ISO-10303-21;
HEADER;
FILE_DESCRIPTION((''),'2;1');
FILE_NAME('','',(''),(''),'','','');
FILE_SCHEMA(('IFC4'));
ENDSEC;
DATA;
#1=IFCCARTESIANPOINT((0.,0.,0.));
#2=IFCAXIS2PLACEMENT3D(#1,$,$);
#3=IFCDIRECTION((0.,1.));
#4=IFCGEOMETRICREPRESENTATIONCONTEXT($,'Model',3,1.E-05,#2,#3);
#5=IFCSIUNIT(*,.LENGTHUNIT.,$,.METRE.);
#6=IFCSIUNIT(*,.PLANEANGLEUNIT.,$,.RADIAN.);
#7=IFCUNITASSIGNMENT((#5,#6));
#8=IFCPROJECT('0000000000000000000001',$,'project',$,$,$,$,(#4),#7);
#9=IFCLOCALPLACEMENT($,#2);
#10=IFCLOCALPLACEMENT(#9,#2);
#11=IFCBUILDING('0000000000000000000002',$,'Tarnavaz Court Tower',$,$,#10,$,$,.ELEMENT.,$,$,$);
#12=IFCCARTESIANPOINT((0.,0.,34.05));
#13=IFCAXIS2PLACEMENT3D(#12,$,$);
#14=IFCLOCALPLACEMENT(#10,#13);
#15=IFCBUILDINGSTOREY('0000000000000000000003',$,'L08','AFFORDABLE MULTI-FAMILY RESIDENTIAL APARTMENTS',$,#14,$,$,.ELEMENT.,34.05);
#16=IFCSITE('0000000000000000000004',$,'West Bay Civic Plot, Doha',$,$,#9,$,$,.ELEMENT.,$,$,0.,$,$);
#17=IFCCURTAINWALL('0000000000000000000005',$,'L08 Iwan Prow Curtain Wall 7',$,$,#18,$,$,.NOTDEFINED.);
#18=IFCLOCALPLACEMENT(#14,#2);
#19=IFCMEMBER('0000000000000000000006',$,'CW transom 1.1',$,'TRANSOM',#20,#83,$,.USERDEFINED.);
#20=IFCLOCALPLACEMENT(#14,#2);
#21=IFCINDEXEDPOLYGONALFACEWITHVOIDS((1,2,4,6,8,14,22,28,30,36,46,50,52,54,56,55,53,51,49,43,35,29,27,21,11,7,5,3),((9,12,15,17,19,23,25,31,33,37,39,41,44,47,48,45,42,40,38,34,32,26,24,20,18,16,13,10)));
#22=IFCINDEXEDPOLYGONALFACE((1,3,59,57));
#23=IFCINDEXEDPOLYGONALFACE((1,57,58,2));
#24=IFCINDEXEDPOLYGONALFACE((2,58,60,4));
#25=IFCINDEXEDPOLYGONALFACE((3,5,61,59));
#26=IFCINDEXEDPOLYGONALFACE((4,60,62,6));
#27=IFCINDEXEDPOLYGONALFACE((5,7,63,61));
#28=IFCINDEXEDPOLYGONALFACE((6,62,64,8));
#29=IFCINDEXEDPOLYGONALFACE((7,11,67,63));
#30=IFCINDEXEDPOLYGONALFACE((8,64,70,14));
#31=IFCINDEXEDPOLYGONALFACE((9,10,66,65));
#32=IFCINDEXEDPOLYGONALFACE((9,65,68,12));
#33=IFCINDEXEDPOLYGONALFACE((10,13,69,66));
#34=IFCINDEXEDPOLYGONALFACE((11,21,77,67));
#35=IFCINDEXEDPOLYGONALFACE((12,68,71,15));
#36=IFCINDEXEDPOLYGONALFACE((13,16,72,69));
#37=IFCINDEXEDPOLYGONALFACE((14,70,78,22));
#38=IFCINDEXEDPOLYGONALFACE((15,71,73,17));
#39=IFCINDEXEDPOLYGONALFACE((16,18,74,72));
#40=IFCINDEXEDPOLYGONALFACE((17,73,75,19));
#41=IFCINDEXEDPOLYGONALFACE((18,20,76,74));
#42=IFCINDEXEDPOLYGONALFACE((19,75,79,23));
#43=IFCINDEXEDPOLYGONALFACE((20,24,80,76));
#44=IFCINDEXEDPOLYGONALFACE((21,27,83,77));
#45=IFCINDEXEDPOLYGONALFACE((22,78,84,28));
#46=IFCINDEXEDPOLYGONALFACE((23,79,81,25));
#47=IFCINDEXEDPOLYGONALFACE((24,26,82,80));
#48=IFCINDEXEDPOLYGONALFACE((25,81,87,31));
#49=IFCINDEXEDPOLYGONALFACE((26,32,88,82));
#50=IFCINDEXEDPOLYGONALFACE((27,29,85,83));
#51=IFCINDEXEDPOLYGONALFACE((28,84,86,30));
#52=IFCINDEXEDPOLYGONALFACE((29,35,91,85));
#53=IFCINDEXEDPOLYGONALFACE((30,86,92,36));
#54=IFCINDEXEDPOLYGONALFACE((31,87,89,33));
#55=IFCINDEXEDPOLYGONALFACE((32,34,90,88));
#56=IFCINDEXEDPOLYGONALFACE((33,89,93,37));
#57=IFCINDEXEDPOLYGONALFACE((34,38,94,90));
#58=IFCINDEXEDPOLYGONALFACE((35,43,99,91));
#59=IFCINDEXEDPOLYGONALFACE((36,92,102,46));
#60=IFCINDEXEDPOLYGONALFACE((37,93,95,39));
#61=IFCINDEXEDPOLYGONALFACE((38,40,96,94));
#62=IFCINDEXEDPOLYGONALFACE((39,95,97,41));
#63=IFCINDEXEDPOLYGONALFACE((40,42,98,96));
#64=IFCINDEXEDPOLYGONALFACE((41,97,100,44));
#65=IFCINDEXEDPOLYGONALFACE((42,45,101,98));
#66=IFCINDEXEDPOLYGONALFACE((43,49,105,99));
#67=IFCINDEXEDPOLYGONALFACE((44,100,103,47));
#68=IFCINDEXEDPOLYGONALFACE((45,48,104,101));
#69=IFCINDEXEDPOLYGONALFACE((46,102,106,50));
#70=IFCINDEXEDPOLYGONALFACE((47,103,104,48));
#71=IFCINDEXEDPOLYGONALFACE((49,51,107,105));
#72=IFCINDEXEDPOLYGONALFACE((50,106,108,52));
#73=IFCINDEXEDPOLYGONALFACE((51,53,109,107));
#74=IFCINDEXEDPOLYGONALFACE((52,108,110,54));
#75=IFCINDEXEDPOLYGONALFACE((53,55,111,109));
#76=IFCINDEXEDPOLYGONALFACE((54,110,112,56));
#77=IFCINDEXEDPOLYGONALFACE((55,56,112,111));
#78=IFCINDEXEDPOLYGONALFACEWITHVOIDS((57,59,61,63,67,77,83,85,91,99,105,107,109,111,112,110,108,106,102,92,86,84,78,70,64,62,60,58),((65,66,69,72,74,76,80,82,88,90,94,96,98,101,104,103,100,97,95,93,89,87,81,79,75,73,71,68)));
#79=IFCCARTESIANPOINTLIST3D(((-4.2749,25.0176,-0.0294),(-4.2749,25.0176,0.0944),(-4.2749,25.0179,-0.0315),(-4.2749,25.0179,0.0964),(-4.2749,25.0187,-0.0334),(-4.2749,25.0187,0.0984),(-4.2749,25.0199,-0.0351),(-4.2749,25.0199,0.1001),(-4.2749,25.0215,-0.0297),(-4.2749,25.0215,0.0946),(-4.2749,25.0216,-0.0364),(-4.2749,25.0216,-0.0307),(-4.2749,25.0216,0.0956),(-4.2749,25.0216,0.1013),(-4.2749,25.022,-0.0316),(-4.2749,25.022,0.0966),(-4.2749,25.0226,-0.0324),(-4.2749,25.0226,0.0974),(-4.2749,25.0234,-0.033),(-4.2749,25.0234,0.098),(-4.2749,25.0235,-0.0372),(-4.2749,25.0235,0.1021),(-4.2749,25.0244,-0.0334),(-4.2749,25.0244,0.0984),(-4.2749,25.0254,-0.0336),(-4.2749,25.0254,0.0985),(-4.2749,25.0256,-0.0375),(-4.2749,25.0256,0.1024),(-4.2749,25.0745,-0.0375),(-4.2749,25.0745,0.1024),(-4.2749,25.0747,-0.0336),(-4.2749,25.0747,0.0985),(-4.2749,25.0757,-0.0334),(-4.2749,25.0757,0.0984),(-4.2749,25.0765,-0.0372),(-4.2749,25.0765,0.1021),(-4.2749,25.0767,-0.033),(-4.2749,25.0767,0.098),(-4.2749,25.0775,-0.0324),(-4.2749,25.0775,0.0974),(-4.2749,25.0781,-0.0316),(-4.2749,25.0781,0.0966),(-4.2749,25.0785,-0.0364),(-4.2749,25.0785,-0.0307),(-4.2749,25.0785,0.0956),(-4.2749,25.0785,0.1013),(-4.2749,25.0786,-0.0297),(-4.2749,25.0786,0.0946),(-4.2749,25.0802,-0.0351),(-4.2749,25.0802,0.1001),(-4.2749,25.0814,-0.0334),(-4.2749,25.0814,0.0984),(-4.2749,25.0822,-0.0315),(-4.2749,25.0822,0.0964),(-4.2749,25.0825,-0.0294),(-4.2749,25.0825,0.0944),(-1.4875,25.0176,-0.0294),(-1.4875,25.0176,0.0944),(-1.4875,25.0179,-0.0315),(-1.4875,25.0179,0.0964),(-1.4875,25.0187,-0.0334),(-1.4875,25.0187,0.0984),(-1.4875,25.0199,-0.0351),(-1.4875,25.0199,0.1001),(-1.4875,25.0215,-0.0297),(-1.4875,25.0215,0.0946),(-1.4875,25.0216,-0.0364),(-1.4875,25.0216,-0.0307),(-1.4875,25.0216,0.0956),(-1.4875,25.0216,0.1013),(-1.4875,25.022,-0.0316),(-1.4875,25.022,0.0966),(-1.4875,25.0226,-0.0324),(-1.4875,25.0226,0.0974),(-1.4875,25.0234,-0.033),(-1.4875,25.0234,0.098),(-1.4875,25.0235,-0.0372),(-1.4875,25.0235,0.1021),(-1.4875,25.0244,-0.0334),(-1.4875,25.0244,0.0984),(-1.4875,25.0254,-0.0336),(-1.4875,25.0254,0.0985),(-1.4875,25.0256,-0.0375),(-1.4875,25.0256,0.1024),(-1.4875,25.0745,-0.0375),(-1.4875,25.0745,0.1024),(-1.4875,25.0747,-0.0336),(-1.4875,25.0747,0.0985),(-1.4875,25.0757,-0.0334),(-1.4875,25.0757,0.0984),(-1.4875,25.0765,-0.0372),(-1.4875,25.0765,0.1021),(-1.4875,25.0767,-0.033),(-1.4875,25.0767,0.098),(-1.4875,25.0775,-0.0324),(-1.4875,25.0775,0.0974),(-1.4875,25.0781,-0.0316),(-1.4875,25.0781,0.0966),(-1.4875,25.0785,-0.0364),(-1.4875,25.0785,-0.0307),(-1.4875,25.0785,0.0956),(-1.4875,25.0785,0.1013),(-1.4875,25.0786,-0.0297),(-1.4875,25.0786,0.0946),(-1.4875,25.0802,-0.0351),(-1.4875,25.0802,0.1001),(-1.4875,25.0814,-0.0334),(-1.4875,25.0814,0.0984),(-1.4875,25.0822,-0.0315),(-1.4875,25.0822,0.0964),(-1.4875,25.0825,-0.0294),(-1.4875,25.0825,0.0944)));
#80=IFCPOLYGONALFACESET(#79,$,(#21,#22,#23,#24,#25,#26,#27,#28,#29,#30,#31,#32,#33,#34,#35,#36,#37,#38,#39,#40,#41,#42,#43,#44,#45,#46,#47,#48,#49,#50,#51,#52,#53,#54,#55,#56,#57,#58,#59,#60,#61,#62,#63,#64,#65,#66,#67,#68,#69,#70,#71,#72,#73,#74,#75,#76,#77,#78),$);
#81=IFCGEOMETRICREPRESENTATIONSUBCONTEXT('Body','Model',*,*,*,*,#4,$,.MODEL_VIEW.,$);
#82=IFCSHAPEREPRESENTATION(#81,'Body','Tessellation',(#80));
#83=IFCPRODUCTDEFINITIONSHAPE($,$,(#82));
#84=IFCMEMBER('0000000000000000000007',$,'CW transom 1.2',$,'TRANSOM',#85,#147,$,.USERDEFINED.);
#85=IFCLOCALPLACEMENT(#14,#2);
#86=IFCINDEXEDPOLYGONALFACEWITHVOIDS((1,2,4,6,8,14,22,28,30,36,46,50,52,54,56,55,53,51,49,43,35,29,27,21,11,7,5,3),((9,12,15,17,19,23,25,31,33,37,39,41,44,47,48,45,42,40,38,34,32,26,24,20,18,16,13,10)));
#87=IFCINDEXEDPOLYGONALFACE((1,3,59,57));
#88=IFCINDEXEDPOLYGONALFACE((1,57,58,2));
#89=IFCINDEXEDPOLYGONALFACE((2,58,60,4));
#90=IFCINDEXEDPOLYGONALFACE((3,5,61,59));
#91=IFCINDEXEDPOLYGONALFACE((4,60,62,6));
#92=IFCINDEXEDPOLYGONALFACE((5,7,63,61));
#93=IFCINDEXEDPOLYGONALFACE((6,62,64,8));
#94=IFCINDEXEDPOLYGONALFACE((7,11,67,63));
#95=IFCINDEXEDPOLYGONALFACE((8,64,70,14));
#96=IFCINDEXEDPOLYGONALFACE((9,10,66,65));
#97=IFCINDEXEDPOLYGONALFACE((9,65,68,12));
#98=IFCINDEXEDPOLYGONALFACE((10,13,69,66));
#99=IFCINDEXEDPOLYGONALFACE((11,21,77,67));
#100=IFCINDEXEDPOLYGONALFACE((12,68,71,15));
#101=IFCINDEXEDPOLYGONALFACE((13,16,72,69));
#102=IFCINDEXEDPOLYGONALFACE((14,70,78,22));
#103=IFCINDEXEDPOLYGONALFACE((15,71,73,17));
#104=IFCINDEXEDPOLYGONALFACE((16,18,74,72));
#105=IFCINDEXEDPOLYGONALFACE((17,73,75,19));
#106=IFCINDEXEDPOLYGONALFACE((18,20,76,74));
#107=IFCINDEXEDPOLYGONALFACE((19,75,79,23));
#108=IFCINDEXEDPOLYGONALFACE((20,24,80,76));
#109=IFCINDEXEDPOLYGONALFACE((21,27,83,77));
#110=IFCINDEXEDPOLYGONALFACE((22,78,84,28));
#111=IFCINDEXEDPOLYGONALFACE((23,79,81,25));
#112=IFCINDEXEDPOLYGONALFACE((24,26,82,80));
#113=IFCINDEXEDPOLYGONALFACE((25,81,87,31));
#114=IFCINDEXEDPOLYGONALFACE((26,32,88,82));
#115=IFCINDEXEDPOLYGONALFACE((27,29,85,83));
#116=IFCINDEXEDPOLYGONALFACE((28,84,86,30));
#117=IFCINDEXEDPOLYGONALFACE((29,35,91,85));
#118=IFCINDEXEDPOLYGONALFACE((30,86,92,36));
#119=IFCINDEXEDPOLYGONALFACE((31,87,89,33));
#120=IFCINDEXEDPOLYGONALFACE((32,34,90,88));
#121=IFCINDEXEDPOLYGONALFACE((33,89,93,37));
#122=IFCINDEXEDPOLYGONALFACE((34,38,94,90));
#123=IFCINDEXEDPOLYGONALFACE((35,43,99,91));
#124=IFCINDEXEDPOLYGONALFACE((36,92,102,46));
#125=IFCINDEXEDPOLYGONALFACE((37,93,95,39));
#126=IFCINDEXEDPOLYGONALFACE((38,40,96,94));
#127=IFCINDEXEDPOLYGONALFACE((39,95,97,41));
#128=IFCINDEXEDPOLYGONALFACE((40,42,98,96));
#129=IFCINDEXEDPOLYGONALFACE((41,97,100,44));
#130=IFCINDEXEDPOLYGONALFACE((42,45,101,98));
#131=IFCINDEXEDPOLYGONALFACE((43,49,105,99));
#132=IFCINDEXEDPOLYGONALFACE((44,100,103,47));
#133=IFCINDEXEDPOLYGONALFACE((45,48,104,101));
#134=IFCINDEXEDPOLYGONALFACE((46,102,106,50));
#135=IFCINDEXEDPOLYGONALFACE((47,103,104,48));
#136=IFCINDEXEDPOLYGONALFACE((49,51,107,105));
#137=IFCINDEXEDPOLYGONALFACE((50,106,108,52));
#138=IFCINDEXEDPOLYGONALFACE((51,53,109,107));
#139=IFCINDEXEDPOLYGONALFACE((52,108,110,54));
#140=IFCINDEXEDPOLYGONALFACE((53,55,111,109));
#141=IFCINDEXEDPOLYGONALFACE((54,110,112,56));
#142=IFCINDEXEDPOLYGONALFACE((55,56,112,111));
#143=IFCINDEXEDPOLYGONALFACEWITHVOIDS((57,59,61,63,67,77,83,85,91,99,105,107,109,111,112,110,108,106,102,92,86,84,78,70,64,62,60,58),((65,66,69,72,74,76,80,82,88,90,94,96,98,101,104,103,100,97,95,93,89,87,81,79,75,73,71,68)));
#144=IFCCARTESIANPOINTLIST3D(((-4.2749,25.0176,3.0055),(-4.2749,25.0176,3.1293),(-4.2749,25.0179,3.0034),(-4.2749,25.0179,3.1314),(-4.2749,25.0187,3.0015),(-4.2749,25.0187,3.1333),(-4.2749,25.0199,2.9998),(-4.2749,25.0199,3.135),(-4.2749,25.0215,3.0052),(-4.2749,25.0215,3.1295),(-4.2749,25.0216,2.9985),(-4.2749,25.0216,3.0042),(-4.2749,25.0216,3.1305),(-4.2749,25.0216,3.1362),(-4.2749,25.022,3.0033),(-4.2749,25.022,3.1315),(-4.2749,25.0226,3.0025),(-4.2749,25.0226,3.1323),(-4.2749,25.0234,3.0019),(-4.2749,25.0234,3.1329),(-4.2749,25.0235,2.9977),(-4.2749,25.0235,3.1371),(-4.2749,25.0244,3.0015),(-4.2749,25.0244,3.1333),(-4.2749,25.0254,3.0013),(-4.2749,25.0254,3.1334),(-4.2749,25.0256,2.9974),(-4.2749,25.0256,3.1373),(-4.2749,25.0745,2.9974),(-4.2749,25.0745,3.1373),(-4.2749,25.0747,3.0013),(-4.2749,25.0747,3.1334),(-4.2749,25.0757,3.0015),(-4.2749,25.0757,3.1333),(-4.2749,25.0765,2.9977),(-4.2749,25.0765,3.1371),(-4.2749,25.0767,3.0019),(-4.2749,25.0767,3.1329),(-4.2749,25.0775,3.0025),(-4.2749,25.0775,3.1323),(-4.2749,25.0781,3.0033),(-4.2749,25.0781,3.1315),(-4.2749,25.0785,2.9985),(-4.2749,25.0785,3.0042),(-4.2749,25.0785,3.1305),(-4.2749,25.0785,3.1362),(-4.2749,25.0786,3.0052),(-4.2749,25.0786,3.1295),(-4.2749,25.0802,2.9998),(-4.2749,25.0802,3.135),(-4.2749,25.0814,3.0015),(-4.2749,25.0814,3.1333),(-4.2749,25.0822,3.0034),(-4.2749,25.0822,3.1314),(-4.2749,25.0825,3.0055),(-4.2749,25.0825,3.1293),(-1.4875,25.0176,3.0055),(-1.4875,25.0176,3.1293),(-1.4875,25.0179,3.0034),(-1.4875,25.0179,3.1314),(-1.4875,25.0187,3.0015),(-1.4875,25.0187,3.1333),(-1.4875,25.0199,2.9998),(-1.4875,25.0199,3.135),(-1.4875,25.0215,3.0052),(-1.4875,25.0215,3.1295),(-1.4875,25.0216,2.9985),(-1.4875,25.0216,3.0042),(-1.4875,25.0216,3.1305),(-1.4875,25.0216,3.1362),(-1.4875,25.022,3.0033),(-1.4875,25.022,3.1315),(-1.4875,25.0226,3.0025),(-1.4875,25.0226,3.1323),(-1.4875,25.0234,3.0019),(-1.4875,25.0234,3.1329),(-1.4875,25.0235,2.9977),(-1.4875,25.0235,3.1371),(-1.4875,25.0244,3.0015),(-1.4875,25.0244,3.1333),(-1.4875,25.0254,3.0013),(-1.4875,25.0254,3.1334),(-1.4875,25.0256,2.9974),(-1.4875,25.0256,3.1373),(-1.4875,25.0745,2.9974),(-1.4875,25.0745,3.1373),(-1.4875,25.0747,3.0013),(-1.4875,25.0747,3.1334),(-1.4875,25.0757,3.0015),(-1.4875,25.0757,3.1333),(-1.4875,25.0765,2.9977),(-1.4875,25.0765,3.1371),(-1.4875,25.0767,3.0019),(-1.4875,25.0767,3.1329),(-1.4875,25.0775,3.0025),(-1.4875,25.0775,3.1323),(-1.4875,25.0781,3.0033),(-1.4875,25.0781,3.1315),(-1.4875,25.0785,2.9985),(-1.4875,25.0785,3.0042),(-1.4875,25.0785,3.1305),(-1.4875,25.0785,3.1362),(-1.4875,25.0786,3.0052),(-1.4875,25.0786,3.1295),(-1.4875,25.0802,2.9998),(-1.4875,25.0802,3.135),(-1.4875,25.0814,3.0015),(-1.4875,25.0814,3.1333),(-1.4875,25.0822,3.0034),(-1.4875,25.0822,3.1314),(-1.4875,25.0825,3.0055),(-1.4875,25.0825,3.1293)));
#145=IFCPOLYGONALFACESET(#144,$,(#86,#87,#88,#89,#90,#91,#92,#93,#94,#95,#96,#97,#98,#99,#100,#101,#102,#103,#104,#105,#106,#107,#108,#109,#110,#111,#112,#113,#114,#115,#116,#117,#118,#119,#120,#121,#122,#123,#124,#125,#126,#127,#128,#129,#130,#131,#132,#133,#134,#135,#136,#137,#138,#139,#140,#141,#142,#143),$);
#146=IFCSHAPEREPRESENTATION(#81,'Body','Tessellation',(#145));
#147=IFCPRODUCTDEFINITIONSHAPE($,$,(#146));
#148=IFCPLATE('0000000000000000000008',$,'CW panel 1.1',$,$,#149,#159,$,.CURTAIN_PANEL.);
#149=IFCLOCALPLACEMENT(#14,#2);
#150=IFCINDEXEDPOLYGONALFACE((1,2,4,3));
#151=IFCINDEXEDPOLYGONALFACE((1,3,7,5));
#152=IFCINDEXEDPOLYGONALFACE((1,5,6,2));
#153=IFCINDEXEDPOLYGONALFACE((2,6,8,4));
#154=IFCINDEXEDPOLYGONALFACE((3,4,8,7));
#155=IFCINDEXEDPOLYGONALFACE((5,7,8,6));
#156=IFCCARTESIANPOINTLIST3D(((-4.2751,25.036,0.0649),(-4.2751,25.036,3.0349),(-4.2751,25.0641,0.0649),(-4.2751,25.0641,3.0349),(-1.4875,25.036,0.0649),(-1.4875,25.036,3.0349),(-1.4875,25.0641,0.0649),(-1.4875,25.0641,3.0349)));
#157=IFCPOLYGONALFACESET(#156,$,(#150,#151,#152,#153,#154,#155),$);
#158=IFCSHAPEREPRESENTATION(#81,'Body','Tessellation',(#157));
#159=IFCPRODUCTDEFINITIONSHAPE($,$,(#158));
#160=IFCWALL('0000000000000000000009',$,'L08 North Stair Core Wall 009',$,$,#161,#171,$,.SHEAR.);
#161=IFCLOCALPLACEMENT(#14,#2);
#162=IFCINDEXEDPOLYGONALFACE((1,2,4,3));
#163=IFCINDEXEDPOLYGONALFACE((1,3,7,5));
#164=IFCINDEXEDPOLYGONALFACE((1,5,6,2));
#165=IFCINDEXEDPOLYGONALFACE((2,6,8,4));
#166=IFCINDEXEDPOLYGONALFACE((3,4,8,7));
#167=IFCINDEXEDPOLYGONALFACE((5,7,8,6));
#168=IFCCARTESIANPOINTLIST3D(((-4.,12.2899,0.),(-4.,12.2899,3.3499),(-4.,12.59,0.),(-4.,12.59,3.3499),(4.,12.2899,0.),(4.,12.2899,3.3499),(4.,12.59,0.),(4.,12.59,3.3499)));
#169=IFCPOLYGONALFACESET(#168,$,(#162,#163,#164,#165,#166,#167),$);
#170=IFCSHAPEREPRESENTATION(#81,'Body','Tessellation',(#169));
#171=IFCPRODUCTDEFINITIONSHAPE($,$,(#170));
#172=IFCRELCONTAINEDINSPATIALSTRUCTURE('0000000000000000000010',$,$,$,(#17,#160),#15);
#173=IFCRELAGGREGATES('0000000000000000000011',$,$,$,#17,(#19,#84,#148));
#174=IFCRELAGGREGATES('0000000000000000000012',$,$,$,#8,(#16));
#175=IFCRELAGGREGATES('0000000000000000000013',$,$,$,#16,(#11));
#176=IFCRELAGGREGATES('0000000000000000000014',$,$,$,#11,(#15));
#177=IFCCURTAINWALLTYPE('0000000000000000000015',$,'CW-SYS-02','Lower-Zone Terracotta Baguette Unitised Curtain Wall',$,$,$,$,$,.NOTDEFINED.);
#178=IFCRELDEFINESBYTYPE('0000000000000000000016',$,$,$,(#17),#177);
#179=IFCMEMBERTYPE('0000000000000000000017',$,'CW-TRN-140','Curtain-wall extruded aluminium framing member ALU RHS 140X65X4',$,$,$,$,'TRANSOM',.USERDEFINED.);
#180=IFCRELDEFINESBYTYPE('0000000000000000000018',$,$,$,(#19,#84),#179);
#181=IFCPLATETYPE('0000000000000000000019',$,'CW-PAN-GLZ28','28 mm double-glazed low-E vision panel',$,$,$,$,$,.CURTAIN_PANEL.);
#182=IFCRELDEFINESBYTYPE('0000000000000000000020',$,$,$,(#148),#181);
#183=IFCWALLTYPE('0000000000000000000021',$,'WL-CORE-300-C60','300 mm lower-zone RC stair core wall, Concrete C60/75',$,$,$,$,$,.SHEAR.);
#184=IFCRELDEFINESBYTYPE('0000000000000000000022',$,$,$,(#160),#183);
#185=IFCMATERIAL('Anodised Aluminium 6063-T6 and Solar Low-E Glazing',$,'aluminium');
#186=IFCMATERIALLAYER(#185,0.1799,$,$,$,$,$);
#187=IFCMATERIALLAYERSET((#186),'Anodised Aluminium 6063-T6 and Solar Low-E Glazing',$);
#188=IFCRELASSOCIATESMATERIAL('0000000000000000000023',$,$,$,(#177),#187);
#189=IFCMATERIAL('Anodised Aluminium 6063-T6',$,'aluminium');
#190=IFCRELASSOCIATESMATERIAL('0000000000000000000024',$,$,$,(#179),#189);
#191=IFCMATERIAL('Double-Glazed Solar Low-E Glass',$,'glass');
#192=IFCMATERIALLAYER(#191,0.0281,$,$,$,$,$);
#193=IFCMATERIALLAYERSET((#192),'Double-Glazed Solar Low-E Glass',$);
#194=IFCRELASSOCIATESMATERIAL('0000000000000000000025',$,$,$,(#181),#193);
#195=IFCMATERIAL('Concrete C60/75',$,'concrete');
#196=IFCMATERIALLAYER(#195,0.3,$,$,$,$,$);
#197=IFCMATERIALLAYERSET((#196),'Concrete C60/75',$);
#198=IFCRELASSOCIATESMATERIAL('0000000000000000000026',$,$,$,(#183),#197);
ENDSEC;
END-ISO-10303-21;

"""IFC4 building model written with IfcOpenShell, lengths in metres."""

from ifc_helpers import new_model, si_unit, direction, frame, frame_2d, origin, origin_2d, place, context, subcontext, project, spatial, rectangle, hollow_rectangle, extrude, material, layer, layer_set, material_profile, profile_set, type_object, element, aggregate, save


model = new_model("IFC4")

# Units and contexts
model_context = context("Model", 3, precision=1e-05, world=origin(), true_north=direction((0.0, 1.0)))
body_context = subcontext(model_context, "Body", "Model", "MODEL_VIEW")
ifc_project = project(units=[si_unit("LENGTHUNIT", "METRE"), si_unit("PLANEANGLEUNIT", "RADIAN")], contexts=[model_context])

# Site, building, storey
site_placement = place(None, origin())
site = spatial("IfcSite", under=ifc_project, at=site_placement, Name="West Bay Civic Plot, Doha", CompositionType="ELEMENT", RefElevation=0.0)
building_placement = place(site_placement, origin())
building = spatial("IfcBuilding", under=site, at=building_placement, Name="Tarnavaz Court Tower", CompositionType="ELEMENT")
storey_placement = place(building_placement, frame((0.0, 0.0, 34.05)))
storey = spatial("IfcBuildingStorey", under=building, at=storey_placement, Name="L08", Description="AFFORDABLE MULTI-FAMILY RESIDENTIAL APARTMENTS", CompositionType="ELEMENT", Elevation=34.05)

# Shared definitions
ifc_material_1 = material(Name="Concrete C60/75", Category="concrete")

# Curtain wall, members, plate
ifc_material_2 = material(Name="Anodised Aluminium 6063-T6 and Solar Low-E Glazing", Category="aluminium")
ifc_layer_1 = layer(ifc_material_2, 0.1799)
ifc_layer_set_1 = layer_set([ifc_layer_1], Name="Anodised Aluminium 6063-T6 and Solar Low-E Glazing")
curtain_wall_type = type_object("IfcCurtainWallType", Name="CW-SYS-02", Description="Lower-Zone Terracotta Baguette Unitised Curtain Wall", PredefinedType="NOTDEFINED", material=ifc_layer_set_1)
curtain_wall_placement = place(storey_placement, origin())
curtain_wall = element("IfcCurtainWall", 1, at=curtain_wall_placement, inside=storey, type_object=curtain_wall_type, Name="L08 Iwan Prow Curtain Wall 7", PredefinedType="NOTDEFINED")
ifc_material_3 = material(Name="Anodised Aluminium 6063-T6", Category="aluminium")
ifc_material_profile_1 = material_profile(ifc_material_3, hollow_rectangle(XDim=0.0649, YDim=0.1399, WallThickness=0.0039, InnerFilletRadius=0.0039, OuterFilletRadius=0.0081, at=origin_2d()), Name="ALU RHS 140X65X4")
ifc_profile_set_1 = profile_set([ifc_material_profile_1], Name="Anodised Aluminium 6063-T6")
member_type_1 = type_object("IfcMemberType", Name="CW-TRN-140", Description="Curtain-wall extruded aluminium framing member ALU RHS 140X65X4", ElementType="TRANSOM", PredefinedType="USERDEFINED", material=ifc_profile_set_1)
member_1_placement = place(storey_placement, frame((-4.2749, 25.05, 0.0325), z_axis=(1.0, 0.0, 0.0), x_axis=(0.0, 1.0, 0.0)))
member_1 = element("IfcMember", 2, at=member_1_placement, type_object=member_type_1, Name="CW transom 1.1", ObjectType="TRANSOM", PredefinedType="USERDEFINED", context=body_context, shape_type="SweptSolid", body=[
    extrude(hollow_rectangle(XDim=0.0649, YDim=0.1399, WallThickness=0.0039, InnerFilletRadius=0.0039, OuterFilletRadius=0.0081, at=origin_2d()), origin(), (0.0, 0.0, 1.0), 2.7874),
])
member_2_placement = place(storey_placement, frame((-4.2749, 25.05, 3.0674), z_axis=(1.0, 0.0, 0.0), x_axis=(0.0, 1.0, 0.0)))
member_2 = element("IfcMember", 3, at=member_2_placement, type_object=member_type_1, Name="CW transom 1.2", ObjectType="TRANSOM", PredefinedType="USERDEFINED", context=body_context, shape_type="SweptSolid", body=[
    extrude(hollow_rectangle(XDim=0.0649, YDim=0.1399, WallThickness=0.0039, InnerFilletRadius=0.0039, OuterFilletRadius=0.0081, at=origin_2d()), origin(), (0.0, 0.0, 1.0), 2.7874),
])
ifc_material_4 = material(Name="Double-Glazed Solar Low-E Glass", Category="glass")
ifc_layer_2 = layer(ifc_material_4, 0.0281)
ifc_layer_set_2 = layer_set([ifc_layer_2], Name="Double-Glazed Solar Low-E Glass")
plate_type = type_object("IfcPlateType", Name="CW-PAN-GLZ28", Description="28 mm double-glazed low-E vision panel", PredefinedType="CURTAIN_PANEL", material=ifc_layer_set_2)
plate_placement = place(storey_placement, frame((-2.8813, 25.05, 0.0649), z_axis=(0.0, 0.0, 1.0), x_axis=(1.0, 0.0, 0.0)))
plate = element("IfcPlate", 4, at=plate_placement, type_object=plate_type, Name="CW panel 1.1", PredefinedType="CURTAIN_PANEL", context=body_context, shape_type="SweptSolid", body=[
    extrude(rectangle(XDim=2.7876, YDim=0.0281, at=origin_2d()), origin(), (0.0, 0.0, 1.0), 2.97),
])
aggregate(curtain_wall, [member_1, member_2, plate])

# Wall
ifc_layer_3 = layer(ifc_material_1, 0.3)
ifc_layer_set_3 = layer_set([ifc_layer_3], Name="Concrete C60/75")
wall_type_1 = type_object("IfcWallType", Name="WL-CORE-300-C60", Description="300 mm lower-zone RC stair core wall, Concrete C60/75", PredefinedType="SHEAR", material=ifc_layer_set_3)
wall_1_placement = place(storey_placement, frame((-4.0, 12.4399, 0.0), z_axis=(0.0, 0.0, 1.0), x_axis=(1.0, 0.0, 0.0)))
element("IfcWall", 5, at=wall_1_placement, inside=storey, type_object=wall_type_1, Name="L08 North Stair Core Wall 009", PredefinedType="SHEAR", context=body_context, shape_type="SweptSolid", body=[
    extrude(rectangle(XDim=8.0, YDim=0.3, at=frame_2d((4.0, 0.0))), origin(), (0.0, 0.0, 1.0), 3.3499),
])

save(model, "model.ifc")
